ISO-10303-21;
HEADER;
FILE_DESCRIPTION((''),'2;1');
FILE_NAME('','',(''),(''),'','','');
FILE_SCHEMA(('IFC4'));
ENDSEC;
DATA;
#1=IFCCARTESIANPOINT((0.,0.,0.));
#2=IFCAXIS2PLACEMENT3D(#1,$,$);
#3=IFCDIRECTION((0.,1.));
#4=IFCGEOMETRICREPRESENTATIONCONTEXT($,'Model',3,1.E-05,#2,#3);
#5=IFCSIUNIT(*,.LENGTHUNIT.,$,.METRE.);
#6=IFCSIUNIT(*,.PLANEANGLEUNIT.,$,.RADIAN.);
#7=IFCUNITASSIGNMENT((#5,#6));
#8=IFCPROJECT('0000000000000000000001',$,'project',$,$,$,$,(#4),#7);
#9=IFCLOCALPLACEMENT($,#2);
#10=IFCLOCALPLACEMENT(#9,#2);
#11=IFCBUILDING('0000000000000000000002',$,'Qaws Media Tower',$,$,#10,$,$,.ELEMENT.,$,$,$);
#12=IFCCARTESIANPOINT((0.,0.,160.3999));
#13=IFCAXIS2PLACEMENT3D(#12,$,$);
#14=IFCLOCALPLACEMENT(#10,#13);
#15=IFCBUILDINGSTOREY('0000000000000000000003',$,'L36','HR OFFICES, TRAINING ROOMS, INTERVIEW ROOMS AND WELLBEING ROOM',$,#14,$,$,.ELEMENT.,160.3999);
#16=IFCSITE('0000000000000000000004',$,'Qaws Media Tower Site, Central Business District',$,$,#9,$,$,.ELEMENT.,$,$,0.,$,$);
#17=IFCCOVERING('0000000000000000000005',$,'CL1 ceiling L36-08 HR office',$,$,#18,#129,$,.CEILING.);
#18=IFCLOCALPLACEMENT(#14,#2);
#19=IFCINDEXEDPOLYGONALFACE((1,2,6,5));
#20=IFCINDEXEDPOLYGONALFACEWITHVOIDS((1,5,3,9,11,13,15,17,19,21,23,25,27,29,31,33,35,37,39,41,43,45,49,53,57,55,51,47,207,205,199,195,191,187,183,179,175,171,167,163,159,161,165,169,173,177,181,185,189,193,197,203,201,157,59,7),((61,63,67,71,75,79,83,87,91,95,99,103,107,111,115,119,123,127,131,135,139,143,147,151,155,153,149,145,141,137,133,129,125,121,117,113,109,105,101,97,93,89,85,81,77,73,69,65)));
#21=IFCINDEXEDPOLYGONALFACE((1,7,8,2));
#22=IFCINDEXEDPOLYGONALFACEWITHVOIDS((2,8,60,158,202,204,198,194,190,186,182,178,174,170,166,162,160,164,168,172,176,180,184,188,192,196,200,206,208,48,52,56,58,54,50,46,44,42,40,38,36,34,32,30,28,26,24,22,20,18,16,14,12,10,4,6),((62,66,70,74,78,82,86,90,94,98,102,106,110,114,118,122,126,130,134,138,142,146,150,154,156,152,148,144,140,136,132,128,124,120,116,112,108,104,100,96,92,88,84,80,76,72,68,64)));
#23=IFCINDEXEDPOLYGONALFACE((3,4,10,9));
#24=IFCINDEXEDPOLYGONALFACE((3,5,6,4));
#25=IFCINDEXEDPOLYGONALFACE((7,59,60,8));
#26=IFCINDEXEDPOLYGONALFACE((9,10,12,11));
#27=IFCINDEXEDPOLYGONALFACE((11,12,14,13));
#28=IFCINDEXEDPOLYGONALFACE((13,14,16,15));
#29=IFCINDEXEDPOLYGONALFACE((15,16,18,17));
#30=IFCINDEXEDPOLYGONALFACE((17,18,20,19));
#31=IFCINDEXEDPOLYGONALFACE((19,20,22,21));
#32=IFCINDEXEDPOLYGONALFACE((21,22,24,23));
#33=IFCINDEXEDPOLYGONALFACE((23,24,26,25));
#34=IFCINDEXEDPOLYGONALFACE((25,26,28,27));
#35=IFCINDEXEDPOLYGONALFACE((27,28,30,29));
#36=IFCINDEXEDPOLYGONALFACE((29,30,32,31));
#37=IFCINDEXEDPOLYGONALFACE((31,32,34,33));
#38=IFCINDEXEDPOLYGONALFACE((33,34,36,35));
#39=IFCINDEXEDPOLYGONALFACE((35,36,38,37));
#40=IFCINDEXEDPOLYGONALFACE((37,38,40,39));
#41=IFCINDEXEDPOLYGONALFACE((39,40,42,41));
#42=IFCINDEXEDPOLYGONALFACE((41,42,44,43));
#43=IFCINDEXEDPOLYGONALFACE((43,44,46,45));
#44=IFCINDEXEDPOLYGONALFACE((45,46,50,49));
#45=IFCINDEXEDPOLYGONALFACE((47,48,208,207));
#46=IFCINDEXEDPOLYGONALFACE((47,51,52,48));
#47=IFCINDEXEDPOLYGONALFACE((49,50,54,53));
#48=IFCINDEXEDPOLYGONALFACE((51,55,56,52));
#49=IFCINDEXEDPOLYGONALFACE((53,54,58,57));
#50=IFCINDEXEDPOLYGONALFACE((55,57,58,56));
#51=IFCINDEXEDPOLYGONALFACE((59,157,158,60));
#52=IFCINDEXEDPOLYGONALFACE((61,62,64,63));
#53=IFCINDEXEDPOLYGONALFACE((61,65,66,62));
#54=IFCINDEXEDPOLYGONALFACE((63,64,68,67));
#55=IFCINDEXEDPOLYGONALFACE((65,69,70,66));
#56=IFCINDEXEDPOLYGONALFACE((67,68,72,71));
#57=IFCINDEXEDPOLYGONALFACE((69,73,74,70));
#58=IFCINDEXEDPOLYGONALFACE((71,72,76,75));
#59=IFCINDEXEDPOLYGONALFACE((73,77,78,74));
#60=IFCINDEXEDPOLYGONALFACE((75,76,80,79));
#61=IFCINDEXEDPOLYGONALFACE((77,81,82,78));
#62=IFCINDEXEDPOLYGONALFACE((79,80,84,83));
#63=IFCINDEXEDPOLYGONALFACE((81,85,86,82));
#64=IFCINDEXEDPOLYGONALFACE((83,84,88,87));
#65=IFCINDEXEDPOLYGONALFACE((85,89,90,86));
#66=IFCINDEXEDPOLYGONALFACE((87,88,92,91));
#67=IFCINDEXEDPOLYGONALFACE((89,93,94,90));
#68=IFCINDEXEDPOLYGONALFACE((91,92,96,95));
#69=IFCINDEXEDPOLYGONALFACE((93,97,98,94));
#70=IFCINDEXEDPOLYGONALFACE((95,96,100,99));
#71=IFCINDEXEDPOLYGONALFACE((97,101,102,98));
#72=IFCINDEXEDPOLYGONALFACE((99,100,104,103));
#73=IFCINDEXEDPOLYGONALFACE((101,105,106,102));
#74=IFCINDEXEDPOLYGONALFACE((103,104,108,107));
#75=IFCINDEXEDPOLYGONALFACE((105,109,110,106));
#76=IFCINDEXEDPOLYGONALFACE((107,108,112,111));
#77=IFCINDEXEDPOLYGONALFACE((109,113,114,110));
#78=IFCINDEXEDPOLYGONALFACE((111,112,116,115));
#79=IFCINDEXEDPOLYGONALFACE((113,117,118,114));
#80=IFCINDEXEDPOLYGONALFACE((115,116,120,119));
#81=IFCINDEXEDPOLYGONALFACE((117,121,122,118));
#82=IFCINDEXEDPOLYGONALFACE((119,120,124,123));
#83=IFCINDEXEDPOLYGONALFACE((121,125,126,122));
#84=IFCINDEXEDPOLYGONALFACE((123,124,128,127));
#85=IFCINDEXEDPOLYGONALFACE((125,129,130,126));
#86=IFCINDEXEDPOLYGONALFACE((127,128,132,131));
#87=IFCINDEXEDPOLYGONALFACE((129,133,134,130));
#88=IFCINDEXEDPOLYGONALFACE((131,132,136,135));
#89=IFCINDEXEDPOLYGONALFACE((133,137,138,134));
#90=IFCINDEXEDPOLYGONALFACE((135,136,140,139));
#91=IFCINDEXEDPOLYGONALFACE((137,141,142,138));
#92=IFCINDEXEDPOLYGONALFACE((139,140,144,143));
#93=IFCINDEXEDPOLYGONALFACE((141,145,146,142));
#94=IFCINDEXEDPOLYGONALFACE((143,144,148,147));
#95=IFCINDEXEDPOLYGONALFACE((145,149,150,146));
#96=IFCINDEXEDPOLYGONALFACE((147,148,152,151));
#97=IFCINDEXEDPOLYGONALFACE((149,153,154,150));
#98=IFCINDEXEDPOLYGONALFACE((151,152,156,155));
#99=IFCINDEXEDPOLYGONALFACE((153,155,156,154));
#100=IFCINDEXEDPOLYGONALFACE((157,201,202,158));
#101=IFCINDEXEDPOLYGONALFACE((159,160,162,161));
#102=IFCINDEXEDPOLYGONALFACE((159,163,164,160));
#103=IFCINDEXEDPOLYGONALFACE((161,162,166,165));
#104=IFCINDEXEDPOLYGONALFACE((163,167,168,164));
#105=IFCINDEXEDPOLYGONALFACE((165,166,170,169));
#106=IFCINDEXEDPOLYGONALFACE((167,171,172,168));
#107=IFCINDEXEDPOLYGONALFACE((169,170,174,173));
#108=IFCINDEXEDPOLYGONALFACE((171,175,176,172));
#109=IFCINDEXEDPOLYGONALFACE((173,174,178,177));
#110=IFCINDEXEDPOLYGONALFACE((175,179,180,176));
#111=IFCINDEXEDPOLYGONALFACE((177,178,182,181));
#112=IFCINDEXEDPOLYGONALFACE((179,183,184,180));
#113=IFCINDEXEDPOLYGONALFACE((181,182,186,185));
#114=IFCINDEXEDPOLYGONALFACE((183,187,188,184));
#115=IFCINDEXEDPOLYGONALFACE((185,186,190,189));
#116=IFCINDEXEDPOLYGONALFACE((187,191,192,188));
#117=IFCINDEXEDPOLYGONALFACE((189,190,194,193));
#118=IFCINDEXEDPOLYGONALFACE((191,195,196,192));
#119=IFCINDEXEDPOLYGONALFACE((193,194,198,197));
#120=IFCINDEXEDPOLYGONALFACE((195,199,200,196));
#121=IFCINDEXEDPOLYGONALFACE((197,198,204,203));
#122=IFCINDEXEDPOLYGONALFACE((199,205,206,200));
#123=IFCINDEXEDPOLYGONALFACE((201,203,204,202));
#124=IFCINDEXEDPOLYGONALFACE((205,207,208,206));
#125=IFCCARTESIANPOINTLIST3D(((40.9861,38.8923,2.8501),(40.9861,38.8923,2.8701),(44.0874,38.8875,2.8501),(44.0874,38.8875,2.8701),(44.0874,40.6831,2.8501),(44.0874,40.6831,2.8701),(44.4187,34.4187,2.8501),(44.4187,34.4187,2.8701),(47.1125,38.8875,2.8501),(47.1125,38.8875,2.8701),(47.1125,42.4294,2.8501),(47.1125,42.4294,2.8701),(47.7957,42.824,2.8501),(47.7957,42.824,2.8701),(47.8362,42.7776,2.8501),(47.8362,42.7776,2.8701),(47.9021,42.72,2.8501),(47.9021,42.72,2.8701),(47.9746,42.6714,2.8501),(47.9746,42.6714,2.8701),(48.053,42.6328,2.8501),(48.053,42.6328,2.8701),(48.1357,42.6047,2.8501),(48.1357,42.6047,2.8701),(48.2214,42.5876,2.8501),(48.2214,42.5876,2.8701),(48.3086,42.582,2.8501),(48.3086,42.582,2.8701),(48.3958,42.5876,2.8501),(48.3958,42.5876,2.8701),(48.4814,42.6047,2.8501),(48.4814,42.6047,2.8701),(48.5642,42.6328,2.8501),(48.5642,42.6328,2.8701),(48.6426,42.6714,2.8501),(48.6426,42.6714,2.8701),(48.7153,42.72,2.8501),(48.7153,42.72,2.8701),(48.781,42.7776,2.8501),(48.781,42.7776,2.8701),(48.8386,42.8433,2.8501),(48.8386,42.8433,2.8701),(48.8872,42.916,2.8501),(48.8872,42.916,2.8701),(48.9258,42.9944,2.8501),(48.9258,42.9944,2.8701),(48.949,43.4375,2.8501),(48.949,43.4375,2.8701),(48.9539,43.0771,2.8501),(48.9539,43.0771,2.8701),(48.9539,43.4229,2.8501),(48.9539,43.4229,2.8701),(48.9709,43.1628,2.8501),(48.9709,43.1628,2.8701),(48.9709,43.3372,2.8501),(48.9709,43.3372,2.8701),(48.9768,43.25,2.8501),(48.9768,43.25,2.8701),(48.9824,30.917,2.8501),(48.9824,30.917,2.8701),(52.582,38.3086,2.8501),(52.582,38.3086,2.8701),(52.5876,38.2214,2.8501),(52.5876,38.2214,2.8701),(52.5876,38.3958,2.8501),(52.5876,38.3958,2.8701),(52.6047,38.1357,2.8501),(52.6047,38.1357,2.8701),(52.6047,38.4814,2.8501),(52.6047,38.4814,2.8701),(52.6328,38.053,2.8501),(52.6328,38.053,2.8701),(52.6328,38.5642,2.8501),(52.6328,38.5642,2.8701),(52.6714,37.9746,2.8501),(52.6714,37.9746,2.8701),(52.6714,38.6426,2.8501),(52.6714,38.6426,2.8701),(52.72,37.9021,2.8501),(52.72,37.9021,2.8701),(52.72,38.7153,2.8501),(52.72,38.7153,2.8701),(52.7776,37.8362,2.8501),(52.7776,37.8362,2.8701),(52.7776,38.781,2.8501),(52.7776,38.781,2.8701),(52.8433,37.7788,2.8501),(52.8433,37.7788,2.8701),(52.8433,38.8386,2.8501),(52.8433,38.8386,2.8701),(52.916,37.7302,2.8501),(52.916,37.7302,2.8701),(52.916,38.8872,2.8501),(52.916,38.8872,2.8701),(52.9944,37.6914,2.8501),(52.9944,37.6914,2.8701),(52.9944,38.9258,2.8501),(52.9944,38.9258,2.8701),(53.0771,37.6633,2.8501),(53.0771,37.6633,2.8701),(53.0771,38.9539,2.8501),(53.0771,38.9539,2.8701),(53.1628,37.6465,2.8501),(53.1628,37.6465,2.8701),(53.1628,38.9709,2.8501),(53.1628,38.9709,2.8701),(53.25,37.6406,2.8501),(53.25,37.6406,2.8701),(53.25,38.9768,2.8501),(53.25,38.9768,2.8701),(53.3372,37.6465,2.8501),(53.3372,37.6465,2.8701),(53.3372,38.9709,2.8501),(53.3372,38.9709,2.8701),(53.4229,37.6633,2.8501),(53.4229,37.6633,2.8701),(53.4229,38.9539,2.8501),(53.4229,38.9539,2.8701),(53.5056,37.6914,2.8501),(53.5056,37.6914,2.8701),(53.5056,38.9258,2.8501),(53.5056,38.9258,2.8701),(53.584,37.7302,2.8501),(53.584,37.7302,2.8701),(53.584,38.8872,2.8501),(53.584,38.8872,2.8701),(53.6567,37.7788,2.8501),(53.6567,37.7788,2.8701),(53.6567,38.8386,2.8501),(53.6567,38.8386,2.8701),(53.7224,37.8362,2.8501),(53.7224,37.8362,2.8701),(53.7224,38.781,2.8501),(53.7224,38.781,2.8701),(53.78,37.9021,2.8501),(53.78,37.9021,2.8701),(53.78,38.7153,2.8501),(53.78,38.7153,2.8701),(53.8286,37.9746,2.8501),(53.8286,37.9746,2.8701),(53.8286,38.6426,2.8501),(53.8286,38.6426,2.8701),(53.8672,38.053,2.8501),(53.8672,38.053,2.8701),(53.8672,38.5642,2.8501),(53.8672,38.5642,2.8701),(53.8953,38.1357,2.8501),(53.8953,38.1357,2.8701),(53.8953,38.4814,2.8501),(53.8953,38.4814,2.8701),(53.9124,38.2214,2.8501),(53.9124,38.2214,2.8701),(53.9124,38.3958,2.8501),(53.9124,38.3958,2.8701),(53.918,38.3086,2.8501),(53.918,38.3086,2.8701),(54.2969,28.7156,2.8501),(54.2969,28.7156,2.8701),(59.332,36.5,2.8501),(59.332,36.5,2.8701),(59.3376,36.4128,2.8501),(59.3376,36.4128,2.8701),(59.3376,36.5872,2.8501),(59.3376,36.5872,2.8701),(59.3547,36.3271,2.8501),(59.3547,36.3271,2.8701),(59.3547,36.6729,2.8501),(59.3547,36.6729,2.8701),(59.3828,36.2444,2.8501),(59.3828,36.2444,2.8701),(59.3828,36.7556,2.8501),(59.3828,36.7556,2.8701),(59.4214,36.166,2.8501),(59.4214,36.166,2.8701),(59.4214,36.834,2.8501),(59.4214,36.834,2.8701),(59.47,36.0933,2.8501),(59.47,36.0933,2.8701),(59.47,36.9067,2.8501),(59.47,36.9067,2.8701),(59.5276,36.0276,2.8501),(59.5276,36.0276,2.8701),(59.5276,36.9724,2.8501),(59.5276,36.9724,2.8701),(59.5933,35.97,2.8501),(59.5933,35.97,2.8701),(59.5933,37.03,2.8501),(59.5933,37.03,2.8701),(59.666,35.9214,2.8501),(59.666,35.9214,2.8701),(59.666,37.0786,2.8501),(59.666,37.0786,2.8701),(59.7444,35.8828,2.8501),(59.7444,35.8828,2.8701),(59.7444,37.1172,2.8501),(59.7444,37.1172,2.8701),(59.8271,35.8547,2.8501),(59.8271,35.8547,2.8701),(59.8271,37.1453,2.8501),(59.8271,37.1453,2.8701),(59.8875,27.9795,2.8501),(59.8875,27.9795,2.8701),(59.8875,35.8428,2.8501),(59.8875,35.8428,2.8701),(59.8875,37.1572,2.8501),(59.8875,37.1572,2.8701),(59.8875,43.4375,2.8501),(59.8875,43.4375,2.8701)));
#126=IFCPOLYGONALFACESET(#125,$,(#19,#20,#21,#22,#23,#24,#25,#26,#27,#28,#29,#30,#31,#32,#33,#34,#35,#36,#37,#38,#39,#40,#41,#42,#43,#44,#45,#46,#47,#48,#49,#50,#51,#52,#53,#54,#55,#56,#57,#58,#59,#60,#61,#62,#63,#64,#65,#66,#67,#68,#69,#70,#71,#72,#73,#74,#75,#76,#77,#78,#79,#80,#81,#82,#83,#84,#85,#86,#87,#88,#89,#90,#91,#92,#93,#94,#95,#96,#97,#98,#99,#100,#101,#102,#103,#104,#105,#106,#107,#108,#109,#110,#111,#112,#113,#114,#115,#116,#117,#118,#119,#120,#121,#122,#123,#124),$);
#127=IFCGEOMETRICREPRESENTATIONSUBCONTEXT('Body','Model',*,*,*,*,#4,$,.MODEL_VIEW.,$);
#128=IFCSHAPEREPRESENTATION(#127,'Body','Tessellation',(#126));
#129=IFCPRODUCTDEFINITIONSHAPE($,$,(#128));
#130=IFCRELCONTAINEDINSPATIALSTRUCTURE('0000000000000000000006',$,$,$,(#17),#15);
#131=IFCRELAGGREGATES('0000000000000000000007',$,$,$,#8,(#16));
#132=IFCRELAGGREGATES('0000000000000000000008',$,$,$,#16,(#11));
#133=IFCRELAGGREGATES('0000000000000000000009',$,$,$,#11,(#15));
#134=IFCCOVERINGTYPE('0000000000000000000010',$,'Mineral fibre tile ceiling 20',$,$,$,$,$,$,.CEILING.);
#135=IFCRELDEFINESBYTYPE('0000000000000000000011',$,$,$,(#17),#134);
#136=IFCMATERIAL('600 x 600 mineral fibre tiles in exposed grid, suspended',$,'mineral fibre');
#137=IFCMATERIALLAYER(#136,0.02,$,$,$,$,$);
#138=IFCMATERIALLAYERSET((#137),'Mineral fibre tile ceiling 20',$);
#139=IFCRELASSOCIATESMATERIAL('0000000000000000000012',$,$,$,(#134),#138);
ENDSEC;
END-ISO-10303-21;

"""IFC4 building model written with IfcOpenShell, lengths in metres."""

from ifc_helpers import new_model, si_unit, direction, frame, origin, place, context, subcontext, project, spatial, polyline, outline, extrude, material, layer, layer_set, type_object, element, save


model = new_model("IFC4")

# Units and contexts
model_context = context("Model", 3, precision=1e-05, world=origin(), true_north=direction((0.0, 1.0)))
body_context = subcontext(model_context, "Body", "Model", "MODEL_VIEW")
ifc_project = project(units=[si_unit("LENGTHUNIT", "METRE"), si_unit("PLANEANGLEUNIT", "RADIAN")], contexts=[model_context])

# Site, building, storey
site_placement = place(None, origin())
site = spatial("IfcSite", under=ifc_project, at=site_placement, Name="Qaws Media Tower Site, Central Business District", CompositionType="ELEMENT", RefElevation=0.0)
building_placement = place(site_placement, origin())
building = spatial("IfcBuilding", under=site, at=building_placement, Name="Qaws Media Tower", CompositionType="ELEMENT")
storey_placement = place(building_placement, frame((0.0, 0.0, 160.3999)))
storey = spatial("IfcBuildingStorey", under=building, at=storey_placement, Name="L36", Description="HR OFFICES, TRAINING ROOMS, INTERVIEW ROOMS AND WELLBEING ROOM", CompositionType="ELEMENT", Elevation=160.3999)

# Covering
ifc_material_1 = material(Name="600 x 600 mineral fibre tiles in exposed grid, suspended", Category="mineral fibre")
ifc_layer_1 = layer(ifc_material_1, 0.02)
ifc_layer_set_1 = layer_set([ifc_layer_1], Name="Mineral fibre tile ceiling 20")
covering_type_1 = type_object("IfcCoveringType", Name="Mineral fibre tile ceiling 20", PredefinedType="CEILING", material=ifc_layer_set_1)
covering_1_placement = place(storey_placement, frame((0.0, 0.0, 2.8501)))
element("IfcCovering", 1, at=covering_1_placement, inside=storey, type_object=covering_type_1, Name="CL1 ceiling L36-08 HR office", PredefinedType="CEILING", context=body_context, shape_type="SweptSolid", body=[
    extrude(outline(polyline([(54.2969, 28.7156), (48.9824, 30.917), (44.4187, 34.4187), (40.9861, 38.8923), (44.0874, 40.6831), (44.0874, 38.8875), (47.1125, 38.8875), (47.1125, 42.4294), (47.7957, 42.824), (47.8362, 42.7776), (47.9021, 42.72), (47.9746, 42.6714), (48.053, 42.6328), (48.1357, 42.6047), (48.2214, 42.5876), (48.3086, 42.582), (48.3958, 42.5876), (48.4814, 42.6047), (48.5642, 42.6328), (48.6426, 42.6714), (48.7153, 42.72), (48.781, 42.7776), (48.8386, 42.8433), (48.8872, 42.916), (48.9258, 42.9944), (48.9539, 43.0771), (48.9709, 43.1628), (48.9768, 43.25), (48.9709, 43.3372), (48.9539, 43.4229), (48.949, 43.4375), (59.8875, 43.4375), (59.8875, 37.1572), (59.8271, 37.1453), (59.7444, 37.1172), (59.666, 37.0786), (59.5933, 37.03), (59.5276, 36.9724), (59.47, 36.9067), (59.4214, 36.834), (59.3828, 36.7556), (59.3547, 36.6729), (59.3376, 36.5872), (59.332, 36.5), (59.3376, 36.4128), (59.3547, 36.3271), (59.3828, 36.2444), (59.4214, 36.166), (59.47, 36.0933), (59.5276, 36.0276), (59.5933, 35.97), (59.666, 35.9214), (59.7444, 35.8828), (59.8271, 35.8547), (59.8875, 35.8428), (59.8875, 27.9795), (54.2969, 28.7156)]), holes=[polyline([(53.8953, 38.1357), (53.9124, 38.2214), (53.918, 38.3086), (53.9124, 38.3958), (53.8953, 38.4814), (53.8672, 38.5642), (53.8286, 38.6426), (53.78, 38.7153), (53.7224, 38.781), (53.6567, 38.8386), (53.584, 38.8872), (53.5056, 38.9258), (53.4229, 38.9539), (53.3372, 38.9709), (53.25, 38.9768), (53.1628, 38.9709), (53.0771, 38.9539), (52.9944, 38.9258), (52.916, 38.8872), (52.8433, 38.8386), (52.7776, 38.781), (52.72, 38.7153), (52.6714, 38.6426), (52.6328, 38.5642), (52.6047, 38.4814), (52.5876, 38.3958), (52.582, 38.3086), (52.5876, 38.2214), (52.6047, 38.1357), (52.6328, 38.053), (52.6714, 37.9746), (52.72, 37.9021), (52.7776, 37.8362), (52.8433, 37.7788), (52.916, 37.7302), (52.9944, 37.6914), (53.0771, 37.6633), (53.1628, 37.6465), (53.25, 37.6406), (53.3372, 37.6465), (53.4229, 37.6633), (53.5056, 37.6914), (53.584, 37.7302), (53.6567, 37.7788), (53.7224, 37.8362), (53.78, 37.9021), (53.8286, 37.9746), (53.8672, 38.053), (53.8953, 38.1357)])]), origin(), (0.0, 0.0, 1.0), 0.02),
])

save(model, "model.ifc")
